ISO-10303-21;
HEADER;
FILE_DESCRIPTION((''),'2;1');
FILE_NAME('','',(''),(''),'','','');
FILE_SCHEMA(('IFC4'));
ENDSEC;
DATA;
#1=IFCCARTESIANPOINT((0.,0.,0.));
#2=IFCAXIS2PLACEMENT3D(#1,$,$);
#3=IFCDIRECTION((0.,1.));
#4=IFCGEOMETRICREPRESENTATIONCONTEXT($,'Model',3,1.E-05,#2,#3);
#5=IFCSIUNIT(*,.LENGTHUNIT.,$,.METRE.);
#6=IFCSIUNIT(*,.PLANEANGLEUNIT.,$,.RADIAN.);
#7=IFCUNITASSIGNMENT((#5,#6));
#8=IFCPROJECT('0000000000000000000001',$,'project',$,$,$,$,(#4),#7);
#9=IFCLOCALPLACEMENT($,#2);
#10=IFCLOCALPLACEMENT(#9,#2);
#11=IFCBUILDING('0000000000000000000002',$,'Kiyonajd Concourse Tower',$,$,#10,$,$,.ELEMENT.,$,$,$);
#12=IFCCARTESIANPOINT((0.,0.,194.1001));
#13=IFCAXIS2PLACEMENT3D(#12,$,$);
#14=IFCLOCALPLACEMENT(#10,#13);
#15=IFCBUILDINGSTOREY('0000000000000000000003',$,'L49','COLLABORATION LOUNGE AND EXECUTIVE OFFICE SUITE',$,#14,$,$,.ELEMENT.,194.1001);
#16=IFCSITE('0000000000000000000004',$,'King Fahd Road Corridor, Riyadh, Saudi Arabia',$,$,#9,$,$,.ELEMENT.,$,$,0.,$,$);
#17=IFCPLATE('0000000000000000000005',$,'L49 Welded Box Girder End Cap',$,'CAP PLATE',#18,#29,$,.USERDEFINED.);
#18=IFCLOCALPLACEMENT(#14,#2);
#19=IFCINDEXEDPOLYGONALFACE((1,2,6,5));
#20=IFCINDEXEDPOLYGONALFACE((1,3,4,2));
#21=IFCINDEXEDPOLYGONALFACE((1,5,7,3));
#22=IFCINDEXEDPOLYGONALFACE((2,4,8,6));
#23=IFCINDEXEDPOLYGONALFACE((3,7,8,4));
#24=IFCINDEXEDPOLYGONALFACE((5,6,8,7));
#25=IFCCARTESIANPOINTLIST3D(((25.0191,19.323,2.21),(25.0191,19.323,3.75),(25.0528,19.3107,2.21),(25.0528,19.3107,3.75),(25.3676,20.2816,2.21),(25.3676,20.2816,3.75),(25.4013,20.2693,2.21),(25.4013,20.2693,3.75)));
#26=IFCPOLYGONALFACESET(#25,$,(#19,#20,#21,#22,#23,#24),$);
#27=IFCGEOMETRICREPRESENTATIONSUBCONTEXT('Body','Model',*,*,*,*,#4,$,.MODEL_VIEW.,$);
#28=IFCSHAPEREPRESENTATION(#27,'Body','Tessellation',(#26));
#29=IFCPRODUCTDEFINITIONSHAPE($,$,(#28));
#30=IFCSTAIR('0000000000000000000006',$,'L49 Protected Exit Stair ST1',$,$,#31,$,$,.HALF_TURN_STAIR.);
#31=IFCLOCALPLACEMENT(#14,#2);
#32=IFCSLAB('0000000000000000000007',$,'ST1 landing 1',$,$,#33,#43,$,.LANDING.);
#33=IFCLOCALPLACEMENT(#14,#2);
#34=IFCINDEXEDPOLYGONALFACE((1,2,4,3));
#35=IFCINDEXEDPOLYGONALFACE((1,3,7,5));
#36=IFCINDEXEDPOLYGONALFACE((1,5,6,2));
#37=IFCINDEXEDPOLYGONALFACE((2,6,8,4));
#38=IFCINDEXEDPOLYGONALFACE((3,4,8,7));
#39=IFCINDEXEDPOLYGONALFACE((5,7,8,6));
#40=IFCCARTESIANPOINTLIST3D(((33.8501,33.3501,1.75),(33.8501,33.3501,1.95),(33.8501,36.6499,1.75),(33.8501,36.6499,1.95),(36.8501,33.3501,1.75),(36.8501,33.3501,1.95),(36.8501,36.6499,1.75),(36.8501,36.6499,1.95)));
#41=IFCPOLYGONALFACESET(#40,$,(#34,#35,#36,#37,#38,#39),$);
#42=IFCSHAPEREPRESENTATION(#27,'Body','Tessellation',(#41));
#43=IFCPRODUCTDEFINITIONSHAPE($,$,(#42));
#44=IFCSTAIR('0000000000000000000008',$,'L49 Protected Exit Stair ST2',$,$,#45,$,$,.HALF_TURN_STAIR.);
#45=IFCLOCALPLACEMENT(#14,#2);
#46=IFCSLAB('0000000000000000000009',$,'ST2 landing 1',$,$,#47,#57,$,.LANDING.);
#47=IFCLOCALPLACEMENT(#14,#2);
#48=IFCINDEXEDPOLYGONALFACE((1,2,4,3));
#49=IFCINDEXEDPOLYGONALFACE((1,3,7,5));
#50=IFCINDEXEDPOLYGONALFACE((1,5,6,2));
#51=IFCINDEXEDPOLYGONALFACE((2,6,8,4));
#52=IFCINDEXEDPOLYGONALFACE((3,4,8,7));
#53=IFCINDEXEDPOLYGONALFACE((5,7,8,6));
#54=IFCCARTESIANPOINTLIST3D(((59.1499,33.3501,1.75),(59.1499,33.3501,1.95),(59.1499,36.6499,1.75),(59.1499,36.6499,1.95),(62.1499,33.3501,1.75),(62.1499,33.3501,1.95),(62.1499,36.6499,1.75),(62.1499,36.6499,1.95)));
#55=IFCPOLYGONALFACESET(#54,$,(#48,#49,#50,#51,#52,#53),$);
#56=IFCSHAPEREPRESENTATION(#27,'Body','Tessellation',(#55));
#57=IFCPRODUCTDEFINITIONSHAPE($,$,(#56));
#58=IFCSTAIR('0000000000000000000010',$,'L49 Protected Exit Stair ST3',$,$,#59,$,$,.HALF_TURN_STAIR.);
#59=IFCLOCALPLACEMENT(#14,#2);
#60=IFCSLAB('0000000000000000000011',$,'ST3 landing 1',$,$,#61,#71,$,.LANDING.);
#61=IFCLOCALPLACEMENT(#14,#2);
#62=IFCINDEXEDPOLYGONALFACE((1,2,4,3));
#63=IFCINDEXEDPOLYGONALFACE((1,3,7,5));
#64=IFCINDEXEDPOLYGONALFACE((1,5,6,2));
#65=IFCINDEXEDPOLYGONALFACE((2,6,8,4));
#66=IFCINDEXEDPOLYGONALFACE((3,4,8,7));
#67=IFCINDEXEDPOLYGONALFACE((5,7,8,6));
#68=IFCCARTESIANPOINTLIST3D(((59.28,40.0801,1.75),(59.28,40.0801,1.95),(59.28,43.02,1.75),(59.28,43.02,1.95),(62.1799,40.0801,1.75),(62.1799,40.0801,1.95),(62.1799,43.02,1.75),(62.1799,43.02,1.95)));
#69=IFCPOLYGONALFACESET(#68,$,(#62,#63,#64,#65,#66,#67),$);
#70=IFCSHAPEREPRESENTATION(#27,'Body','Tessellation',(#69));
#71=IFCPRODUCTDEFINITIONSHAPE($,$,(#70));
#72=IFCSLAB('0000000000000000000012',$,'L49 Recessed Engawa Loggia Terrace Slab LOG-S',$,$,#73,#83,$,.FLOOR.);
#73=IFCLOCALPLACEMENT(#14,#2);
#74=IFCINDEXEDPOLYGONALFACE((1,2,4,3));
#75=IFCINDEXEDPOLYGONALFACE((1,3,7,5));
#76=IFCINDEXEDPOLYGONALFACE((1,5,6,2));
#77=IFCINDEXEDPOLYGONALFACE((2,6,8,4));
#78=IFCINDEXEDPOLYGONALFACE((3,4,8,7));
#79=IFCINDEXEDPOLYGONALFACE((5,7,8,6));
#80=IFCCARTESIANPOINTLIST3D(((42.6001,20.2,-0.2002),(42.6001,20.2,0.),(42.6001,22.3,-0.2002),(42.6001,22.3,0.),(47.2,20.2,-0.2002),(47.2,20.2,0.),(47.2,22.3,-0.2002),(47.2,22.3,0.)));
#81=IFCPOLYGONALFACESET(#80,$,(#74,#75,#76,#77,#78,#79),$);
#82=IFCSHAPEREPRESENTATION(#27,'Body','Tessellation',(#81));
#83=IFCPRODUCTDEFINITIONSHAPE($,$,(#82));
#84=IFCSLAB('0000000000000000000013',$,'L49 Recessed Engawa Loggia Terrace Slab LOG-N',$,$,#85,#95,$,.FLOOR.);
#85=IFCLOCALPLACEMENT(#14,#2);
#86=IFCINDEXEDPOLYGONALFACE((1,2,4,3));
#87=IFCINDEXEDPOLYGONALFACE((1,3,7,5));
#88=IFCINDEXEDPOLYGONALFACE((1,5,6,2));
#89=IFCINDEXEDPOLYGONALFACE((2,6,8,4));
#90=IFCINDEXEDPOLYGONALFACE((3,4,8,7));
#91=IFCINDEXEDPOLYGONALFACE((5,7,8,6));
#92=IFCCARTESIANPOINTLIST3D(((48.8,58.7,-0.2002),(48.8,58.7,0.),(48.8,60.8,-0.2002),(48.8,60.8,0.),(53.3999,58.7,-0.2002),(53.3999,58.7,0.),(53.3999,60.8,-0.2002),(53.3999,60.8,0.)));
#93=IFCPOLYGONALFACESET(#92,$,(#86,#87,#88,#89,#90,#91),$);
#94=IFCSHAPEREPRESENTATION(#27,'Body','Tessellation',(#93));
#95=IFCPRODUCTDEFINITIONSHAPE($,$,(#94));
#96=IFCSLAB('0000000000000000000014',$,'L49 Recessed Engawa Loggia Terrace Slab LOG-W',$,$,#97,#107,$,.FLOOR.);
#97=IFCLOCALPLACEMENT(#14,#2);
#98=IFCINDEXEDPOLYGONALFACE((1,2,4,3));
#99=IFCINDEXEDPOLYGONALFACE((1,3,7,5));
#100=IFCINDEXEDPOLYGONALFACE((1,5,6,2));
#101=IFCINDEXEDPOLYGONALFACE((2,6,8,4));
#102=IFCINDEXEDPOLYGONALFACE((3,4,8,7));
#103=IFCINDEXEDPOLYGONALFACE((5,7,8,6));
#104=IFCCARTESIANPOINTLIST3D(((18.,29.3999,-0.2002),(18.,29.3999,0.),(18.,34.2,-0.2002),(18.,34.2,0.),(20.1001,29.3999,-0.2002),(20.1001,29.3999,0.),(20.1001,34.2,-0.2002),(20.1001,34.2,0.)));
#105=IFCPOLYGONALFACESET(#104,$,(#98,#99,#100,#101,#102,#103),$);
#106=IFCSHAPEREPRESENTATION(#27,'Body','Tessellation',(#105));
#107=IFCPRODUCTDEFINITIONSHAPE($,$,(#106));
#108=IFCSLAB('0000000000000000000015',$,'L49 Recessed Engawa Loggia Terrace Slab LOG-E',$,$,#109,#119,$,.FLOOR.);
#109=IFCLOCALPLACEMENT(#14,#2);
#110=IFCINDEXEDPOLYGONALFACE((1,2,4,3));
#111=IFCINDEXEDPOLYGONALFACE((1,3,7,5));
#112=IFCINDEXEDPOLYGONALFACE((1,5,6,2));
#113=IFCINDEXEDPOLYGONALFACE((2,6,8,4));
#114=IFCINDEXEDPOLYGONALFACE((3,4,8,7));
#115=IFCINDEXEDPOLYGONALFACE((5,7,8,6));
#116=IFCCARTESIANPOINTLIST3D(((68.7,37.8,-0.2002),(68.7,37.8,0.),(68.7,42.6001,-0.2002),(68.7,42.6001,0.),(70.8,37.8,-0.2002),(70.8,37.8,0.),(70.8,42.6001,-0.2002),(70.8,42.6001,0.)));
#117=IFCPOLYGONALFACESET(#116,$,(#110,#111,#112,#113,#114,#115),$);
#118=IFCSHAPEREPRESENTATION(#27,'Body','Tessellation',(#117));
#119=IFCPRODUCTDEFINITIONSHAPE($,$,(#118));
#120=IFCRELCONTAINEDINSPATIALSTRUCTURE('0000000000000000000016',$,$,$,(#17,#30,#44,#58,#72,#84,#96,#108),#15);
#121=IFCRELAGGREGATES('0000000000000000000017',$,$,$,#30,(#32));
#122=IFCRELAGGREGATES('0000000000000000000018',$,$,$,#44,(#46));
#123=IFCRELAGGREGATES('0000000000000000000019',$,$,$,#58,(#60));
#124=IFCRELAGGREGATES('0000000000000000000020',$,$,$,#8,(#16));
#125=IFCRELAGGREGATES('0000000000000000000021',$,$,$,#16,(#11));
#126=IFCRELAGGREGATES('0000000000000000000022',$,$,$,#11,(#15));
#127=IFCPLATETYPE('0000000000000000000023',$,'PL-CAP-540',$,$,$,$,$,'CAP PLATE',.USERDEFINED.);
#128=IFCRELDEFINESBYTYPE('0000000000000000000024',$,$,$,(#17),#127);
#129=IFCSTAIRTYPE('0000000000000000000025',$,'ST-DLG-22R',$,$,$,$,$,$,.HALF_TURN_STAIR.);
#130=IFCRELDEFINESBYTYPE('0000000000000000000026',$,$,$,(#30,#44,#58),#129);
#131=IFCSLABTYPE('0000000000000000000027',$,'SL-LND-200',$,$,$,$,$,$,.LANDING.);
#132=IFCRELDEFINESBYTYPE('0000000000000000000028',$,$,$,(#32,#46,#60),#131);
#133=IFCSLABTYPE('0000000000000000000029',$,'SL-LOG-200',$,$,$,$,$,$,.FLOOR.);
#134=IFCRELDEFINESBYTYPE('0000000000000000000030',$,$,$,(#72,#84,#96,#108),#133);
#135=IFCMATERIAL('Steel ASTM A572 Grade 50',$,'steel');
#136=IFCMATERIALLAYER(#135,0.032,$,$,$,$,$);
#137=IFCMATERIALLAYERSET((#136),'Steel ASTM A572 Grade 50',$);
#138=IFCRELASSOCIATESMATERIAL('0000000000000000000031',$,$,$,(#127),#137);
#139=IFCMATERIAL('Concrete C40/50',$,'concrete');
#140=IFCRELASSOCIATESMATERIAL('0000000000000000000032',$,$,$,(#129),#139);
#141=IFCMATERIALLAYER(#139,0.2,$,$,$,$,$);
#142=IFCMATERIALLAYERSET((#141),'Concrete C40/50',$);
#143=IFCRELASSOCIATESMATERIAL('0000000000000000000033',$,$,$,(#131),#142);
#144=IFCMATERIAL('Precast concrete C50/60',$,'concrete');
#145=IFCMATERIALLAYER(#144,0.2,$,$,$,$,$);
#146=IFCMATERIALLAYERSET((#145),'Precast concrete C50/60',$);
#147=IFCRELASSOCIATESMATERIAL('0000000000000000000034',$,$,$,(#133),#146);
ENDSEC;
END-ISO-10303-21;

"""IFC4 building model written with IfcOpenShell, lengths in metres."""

from ifc_helpers import new_model, si_unit, direction, frame, origin, origin_2d, place, context, subcontext, project, spatial, polyline, rectangle, outline, extrude, material, layer, layer_set, type_object, element, aggregate, save


model = new_model("IFC4")

# Units and contexts
model_context = context("Model", 3, precision=1e-05, world=origin(), true_north=direction((0.0, 1.0)))
body_context = subcontext(model_context, "Body", "Model", "MODEL_VIEW")
ifc_project = project(units=[si_unit("LENGTHUNIT", "METRE"), si_unit("PLANEANGLEUNIT", "RADIAN")], contexts=[model_context])

# Site, building, storey
site_placement = place(None, origin())
site = spatial("IfcSite", under=ifc_project, at=site_placement, Name="King Fahd Road Corridor, Riyadh, Saudi Arabia", CompositionType="ELEMENT", RefElevation=0.0)
building_placement = place(site_placement, origin())
building = spatial("IfcBuilding", under=site, at=building_placement, Name="Kiyonajd Concourse Tower", CompositionType="ELEMENT")
storey_placement = place(building_placement, frame((0.0, 0.0, 194.1001)))
storey = spatial("IfcBuildingStorey", under=building, at=storey_placement, Name="L49", Description="COLLABORATION LOUNGE AND EXECUTIVE OFFICE SUITE", CompositionType="ELEMENT", Elevation=194.1001)

# Shared definitions
ifc_material_1 = material(Name="Steel ASTM A572 Grade 50", Category="steel")

# Plate
ifc_layer_1 = layer(ifc_material_1, 0.032)
ifc_layer_set_1 = layer_set([ifc_layer_1], Name="Steel ASTM A572 Grade 50")
plate_type_1 = type_object("IfcPlateType", Name="PL-CAP-540", ElementType="CAP PLATE", PredefinedType="USERDEFINED", material=ifc_layer_set_1)
for number, where, z_axis, x_axis, name in (
    (1, (25.2102, 19.7961, 2.21), (0.0, 0.0, 1.0), (0.939812, -0.341692, 0.0), "L49 Welded Box Girder End Cap"),
):
    element("IfcPlate", number, at=place(storey_placement, frame(where, z_axis=z_axis, x_axis=x_axis)), inside=storey, type_object=plate_type_1, Name=name, ObjectType="CAP PLATE", PredefinedType="USERDEFINED", context=body_context, shape_type="SweptSolid", body=[
        extrude(rectangle(XDim=0.0359, YDim=1.02, at=origin_2d()), origin(), (0.0, 0.0, 1.0), 1.54),
    ])

# Stairs, slabs
ifc_material_2 = material(Name="Concrete C40/50", Category="concrete")
stair_type = type_object("IfcStairType", Name="ST-DLG-22R", PredefinedType="HALF_TURN_STAIR", material=ifc_material_2)
stair_1_placement = place(storey_placement, origin())
stair_1 = element("IfcStair", 2, at=stair_1_placement, inside=storey, type_object=stair_type, Name="L49 Protected Exit Stair ST1", PredefinedType="HALF_TURN_STAIR")
ifc_layer_2 = layer(ifc_material_2, 0.2)
ifc_layer_set_2 = layer_set([ifc_layer_2], Name="Concrete C40/50")
slab_type_1 = type_object("IfcSlabType", Name="SL-LND-200", PredefinedType="LANDING", material=ifc_layer_set_2)
slab_1_placement = place(storey_placement, frame((0.0, 0.0, 1.75)))
slab_1 = element("IfcSlab", 3, at=slab_1_placement, type_object=slab_type_1, Name="ST1 landing 1", PredefinedType="LANDING", context=body_context, shape_type="SweptSolid", body=[
    extrude(outline(polyline([(36.8501, 33.3501), (36.8501, 36.6499), (33.8501, 36.6499), (33.8501, 33.3501), (36.8501, 33.3501)])), origin(), (0.0, 0.0, 1.0), 0.2),
])
aggregate(stair_1, [slab_1])
stair_2_placement = place(storey_placement, origin())
stair_2 = element("IfcStair", 4, at=stair_2_placement, inside=storey, type_object=stair_type, Name="L49 Protected Exit Stair ST2", PredefinedType="HALF_TURN_STAIR")
slab_2_placement = place(storey_placement, frame((0.0, 0.0, 1.75)))
slab_2 = element("IfcSlab", 5, at=slab_2_placement, type_object=slab_type_1, Name="ST2 landing 1", PredefinedType="LANDING", context=body_context, shape_type="SweptSolid", body=[
    extrude(outline(polyline([(62.1499, 33.3501), (62.1499, 36.6499), (59.1499, 36.6499), (59.1499, 33.3501), (62.1499, 33.3501)])), origin(), (0.0, 0.0, 1.0), 0.2),
])
aggregate(stair_2, [slab_2])
stair_3_placement = place(storey_placement, origin())
stair_3 = element("IfcStair", 6, at=stair_3_placement, inside=storey, type_object=stair_type, Name="L49 Protected Exit Stair ST3", PredefinedType="HALF_TURN_STAIR")
slab_3_placement = place(storey_placement, frame((0.0, 0.0, 1.75)))
slab_3 = element("IfcSlab", 7, at=slab_3_placement, type_object=slab_type_1, Name="ST3 landing 1", PredefinedType="LANDING", context=body_context, shape_type="SweptSolid", body=[
    extrude(outline(polyline([(59.28, 40.0801), (62.1799, 40.0801), (62.1799, 43.02), (59.28, 43.02), (59.28, 40.0801)])), origin(), (0.0, 0.0, 1.0), 0.2),
])
aggregate(stair_3, [slab_3])

# Slabs
ifc_material_3 = material(Name="Precast concrete C50/60", Category="concrete")
ifc_layer_3 = layer(ifc_material_3, 0.2)
ifc_layer_set_3 = layer_set([ifc_layer_3], Name="Precast concrete C50/60")
slab_type_2 = type_object("IfcSlabType", Name="SL-LOG-200", PredefinedType="FLOOR", material=ifc_layer_set_3)
slab_4_placement = place(storey_placement, frame((0.0, 0.0, -0.2002)))
element("IfcSlab", 8, at=slab_4_placement, inside=storey, type_object=slab_type_2, Name="L49 Recessed Engawa Loggia Terrace Slab LOG-S", PredefinedType="FLOOR", context=body_context, shape_type="SweptSolid", body=[
    extrude(outline(polyline([(42.6001, 20.2), (47.2, 20.2), (47.2, 22.3), (42.6001, 22.3), (42.6001, 20.2)])), origin(), (0.0, 0.0, 1.0), 0.2002),
])
slab_5_placement = place(storey_placement, frame((0.0, 0.0, -0.2002)))
element("IfcSlab", 9, at=slab_5_placement, inside=storey, type_object=slab_type_2, Name="L49 Recessed Engawa Loggia Terrace Slab LOG-N", PredefinedType="FLOOR", context=body_context, shape_type="SweptSolid", body=[
    extrude(outline(polyline([(48.8, 58.7), (53.3999, 58.7), (53.3999, 60.8), (48.8, 60.8), (48.8, 58.7)])), origin(), (0.0, 0.0, 1.0), 0.2002),
])
slab_6_placement = place(storey_placement, frame((0.0, 0.0, -0.2002)))
element("IfcSlab", 10, at=slab_6_placement, inside=storey, type_object=slab_type_2, Name="L49 Recessed Engawa Loggia Terrace Slab LOG-W", PredefinedType="FLOOR", context=body_context, shape_type="SweptSolid", body=[
    extrude(outline(polyline([(18.0, 29.3999), (20.1001, 29.3999), (20.1001, 34.2), (18.0, 34.2), (18.0, 29.3999)])), origin(), (0.0, 0.0, 1.0), 0.2002),
])
slab_7_placement = place(storey_placement, frame((0.0, 0.0, -0.2002)))
element("IfcSlab", 11, at=slab_7_placement, inside=storey, type_object=slab_type_2, Name="L49 Recessed Engawa Loggia Terrace Slab LOG-E", PredefinedType="FLOOR", context=body_context, shape_type="SweptSolid", body=[
    extrude(outline(polyline([(68.7, 37.8), (70.8, 37.8), (70.8, 42.6001), (68.7, 42.6001), (68.7, 37.8)])), origin(), (0.0, 0.0, 1.0), 0.2002),
])

save(model, "model.ifc")
